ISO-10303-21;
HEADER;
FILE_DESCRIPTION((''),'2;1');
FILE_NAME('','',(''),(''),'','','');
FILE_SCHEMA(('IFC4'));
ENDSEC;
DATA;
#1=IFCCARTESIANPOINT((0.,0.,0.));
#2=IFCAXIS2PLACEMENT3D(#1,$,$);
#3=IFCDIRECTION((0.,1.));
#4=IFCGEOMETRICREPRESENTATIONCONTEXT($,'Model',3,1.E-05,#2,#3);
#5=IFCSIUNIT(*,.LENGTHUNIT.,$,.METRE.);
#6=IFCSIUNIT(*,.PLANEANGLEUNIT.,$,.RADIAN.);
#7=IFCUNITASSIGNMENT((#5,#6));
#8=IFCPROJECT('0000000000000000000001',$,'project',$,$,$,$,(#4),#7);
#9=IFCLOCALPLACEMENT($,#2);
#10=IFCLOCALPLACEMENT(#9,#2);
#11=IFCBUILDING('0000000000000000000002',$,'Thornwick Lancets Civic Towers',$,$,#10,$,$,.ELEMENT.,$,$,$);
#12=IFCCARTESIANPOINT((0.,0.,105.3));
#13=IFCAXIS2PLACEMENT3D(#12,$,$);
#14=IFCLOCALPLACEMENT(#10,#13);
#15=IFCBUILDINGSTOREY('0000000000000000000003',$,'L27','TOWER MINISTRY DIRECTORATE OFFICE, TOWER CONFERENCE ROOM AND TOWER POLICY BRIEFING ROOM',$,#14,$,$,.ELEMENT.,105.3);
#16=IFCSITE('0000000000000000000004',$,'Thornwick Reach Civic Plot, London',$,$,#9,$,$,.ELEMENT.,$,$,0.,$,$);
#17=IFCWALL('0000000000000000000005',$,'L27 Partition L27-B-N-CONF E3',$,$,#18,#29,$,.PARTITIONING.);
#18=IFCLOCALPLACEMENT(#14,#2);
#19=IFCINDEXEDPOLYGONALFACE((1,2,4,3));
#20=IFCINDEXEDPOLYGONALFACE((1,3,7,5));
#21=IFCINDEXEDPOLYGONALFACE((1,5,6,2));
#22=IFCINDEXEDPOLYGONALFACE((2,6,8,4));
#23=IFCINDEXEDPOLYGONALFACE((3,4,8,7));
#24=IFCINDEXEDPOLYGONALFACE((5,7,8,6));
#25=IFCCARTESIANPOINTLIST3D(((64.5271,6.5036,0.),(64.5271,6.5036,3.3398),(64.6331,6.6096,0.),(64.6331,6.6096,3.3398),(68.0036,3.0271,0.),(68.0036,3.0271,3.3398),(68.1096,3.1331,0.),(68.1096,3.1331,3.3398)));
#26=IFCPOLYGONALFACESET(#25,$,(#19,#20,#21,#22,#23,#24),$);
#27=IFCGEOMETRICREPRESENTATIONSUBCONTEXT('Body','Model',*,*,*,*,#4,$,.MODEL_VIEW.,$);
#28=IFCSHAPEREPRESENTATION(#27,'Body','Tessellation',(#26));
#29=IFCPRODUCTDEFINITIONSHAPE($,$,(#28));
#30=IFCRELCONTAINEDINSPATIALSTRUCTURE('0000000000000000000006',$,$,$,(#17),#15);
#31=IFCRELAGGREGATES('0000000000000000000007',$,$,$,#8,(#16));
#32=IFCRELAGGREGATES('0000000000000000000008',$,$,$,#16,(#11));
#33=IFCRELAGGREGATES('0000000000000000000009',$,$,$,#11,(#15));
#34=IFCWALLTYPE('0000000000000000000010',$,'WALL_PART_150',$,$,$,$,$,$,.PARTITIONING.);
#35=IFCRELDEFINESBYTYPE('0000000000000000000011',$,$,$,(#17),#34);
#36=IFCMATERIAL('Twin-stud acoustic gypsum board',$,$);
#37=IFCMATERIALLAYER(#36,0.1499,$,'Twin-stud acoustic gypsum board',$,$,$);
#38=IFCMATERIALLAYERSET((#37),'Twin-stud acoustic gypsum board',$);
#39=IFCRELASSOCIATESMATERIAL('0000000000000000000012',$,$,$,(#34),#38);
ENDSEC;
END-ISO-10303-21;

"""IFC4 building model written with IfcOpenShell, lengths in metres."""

from ifc_helpers import new_model, si_unit, direction, frame, frame_2d, origin, place, context, subcontext, project, spatial, rectangle, extrude, material, layer, layer_set, type_object, element, save


model = new_model("IFC4")

# Units and contexts
model_context = context("Model", 3, precision=1e-05, world=origin(), true_north=direction((0.0, 1.0)))
body_context = subcontext(model_context, "Body", "Model", "MODEL_VIEW")
ifc_project = project(units=[si_unit("LENGTHUNIT", "METRE"), si_unit("PLANEANGLEUNIT", "RADIAN")], contexts=[model_context])

# Site, building, storey
site_placement = place(None, origin())
site = spatial("IfcSite", under=ifc_project, at=site_placement, Name="Thornwick Reach Civic Plot, London", CompositionType="ELEMENT", RefElevation=0.0)
building_placement = place(site_placement, origin())
building = spatial("IfcBuilding", under=site, at=building_placement, Name="Thornwick Lancets Civic Towers", CompositionType="ELEMENT")
storey_placement = place(building_placement, frame((0.0, 0.0, 105.3)))
storey = spatial("IfcBuildingStorey", under=building, at=storey_placement, Name="L27", Description="TOWER MINISTRY DIRECTORATE OFFICE, TOWER CONFERENCE ROOM AND TOWER POLICY BRIEFING ROOM", CompositionType="ELEMENT", Elevation=105.3)

# Wall
ifc_material_1 = material(Name="Twin-stud acoustic gypsum board")
ifc_layer_1 = layer(ifc_material_1, 0.1499, Name="Twin-stud acoustic gypsum board")
ifc_layer_set_1 = layer_set([ifc_layer_1], Name="Twin-stud acoustic gypsum board")
wall_type_1 = type_object("IfcWallType", Name="WALL_PART_150", PredefinedType="PARTITIONING", material=ifc_layer_set_1)
wall_1_placement = place(storey_placement, frame((68.0566, 3.0801, 0.0), z_axis=(0.0, 0.0, 1.0), x_axis=(-0.707107, 0.707107, 0.0)))
element("IfcWall", 1, at=wall_1_placement, inside=storey, type_object=wall_type_1, Name="L27 Partition L27-B-N-CONF E3", PredefinedType="PARTITIONING", context=body_context, shape_type="SweptSolid", body=[
    extrude(rectangle(XDim=4.9165, YDim=0.1499, at=frame_2d((2.4583, 0.0))), origin(), (0.0, 0.0, 1.0), 3.3398),
])

save(model, "model.ifc")
